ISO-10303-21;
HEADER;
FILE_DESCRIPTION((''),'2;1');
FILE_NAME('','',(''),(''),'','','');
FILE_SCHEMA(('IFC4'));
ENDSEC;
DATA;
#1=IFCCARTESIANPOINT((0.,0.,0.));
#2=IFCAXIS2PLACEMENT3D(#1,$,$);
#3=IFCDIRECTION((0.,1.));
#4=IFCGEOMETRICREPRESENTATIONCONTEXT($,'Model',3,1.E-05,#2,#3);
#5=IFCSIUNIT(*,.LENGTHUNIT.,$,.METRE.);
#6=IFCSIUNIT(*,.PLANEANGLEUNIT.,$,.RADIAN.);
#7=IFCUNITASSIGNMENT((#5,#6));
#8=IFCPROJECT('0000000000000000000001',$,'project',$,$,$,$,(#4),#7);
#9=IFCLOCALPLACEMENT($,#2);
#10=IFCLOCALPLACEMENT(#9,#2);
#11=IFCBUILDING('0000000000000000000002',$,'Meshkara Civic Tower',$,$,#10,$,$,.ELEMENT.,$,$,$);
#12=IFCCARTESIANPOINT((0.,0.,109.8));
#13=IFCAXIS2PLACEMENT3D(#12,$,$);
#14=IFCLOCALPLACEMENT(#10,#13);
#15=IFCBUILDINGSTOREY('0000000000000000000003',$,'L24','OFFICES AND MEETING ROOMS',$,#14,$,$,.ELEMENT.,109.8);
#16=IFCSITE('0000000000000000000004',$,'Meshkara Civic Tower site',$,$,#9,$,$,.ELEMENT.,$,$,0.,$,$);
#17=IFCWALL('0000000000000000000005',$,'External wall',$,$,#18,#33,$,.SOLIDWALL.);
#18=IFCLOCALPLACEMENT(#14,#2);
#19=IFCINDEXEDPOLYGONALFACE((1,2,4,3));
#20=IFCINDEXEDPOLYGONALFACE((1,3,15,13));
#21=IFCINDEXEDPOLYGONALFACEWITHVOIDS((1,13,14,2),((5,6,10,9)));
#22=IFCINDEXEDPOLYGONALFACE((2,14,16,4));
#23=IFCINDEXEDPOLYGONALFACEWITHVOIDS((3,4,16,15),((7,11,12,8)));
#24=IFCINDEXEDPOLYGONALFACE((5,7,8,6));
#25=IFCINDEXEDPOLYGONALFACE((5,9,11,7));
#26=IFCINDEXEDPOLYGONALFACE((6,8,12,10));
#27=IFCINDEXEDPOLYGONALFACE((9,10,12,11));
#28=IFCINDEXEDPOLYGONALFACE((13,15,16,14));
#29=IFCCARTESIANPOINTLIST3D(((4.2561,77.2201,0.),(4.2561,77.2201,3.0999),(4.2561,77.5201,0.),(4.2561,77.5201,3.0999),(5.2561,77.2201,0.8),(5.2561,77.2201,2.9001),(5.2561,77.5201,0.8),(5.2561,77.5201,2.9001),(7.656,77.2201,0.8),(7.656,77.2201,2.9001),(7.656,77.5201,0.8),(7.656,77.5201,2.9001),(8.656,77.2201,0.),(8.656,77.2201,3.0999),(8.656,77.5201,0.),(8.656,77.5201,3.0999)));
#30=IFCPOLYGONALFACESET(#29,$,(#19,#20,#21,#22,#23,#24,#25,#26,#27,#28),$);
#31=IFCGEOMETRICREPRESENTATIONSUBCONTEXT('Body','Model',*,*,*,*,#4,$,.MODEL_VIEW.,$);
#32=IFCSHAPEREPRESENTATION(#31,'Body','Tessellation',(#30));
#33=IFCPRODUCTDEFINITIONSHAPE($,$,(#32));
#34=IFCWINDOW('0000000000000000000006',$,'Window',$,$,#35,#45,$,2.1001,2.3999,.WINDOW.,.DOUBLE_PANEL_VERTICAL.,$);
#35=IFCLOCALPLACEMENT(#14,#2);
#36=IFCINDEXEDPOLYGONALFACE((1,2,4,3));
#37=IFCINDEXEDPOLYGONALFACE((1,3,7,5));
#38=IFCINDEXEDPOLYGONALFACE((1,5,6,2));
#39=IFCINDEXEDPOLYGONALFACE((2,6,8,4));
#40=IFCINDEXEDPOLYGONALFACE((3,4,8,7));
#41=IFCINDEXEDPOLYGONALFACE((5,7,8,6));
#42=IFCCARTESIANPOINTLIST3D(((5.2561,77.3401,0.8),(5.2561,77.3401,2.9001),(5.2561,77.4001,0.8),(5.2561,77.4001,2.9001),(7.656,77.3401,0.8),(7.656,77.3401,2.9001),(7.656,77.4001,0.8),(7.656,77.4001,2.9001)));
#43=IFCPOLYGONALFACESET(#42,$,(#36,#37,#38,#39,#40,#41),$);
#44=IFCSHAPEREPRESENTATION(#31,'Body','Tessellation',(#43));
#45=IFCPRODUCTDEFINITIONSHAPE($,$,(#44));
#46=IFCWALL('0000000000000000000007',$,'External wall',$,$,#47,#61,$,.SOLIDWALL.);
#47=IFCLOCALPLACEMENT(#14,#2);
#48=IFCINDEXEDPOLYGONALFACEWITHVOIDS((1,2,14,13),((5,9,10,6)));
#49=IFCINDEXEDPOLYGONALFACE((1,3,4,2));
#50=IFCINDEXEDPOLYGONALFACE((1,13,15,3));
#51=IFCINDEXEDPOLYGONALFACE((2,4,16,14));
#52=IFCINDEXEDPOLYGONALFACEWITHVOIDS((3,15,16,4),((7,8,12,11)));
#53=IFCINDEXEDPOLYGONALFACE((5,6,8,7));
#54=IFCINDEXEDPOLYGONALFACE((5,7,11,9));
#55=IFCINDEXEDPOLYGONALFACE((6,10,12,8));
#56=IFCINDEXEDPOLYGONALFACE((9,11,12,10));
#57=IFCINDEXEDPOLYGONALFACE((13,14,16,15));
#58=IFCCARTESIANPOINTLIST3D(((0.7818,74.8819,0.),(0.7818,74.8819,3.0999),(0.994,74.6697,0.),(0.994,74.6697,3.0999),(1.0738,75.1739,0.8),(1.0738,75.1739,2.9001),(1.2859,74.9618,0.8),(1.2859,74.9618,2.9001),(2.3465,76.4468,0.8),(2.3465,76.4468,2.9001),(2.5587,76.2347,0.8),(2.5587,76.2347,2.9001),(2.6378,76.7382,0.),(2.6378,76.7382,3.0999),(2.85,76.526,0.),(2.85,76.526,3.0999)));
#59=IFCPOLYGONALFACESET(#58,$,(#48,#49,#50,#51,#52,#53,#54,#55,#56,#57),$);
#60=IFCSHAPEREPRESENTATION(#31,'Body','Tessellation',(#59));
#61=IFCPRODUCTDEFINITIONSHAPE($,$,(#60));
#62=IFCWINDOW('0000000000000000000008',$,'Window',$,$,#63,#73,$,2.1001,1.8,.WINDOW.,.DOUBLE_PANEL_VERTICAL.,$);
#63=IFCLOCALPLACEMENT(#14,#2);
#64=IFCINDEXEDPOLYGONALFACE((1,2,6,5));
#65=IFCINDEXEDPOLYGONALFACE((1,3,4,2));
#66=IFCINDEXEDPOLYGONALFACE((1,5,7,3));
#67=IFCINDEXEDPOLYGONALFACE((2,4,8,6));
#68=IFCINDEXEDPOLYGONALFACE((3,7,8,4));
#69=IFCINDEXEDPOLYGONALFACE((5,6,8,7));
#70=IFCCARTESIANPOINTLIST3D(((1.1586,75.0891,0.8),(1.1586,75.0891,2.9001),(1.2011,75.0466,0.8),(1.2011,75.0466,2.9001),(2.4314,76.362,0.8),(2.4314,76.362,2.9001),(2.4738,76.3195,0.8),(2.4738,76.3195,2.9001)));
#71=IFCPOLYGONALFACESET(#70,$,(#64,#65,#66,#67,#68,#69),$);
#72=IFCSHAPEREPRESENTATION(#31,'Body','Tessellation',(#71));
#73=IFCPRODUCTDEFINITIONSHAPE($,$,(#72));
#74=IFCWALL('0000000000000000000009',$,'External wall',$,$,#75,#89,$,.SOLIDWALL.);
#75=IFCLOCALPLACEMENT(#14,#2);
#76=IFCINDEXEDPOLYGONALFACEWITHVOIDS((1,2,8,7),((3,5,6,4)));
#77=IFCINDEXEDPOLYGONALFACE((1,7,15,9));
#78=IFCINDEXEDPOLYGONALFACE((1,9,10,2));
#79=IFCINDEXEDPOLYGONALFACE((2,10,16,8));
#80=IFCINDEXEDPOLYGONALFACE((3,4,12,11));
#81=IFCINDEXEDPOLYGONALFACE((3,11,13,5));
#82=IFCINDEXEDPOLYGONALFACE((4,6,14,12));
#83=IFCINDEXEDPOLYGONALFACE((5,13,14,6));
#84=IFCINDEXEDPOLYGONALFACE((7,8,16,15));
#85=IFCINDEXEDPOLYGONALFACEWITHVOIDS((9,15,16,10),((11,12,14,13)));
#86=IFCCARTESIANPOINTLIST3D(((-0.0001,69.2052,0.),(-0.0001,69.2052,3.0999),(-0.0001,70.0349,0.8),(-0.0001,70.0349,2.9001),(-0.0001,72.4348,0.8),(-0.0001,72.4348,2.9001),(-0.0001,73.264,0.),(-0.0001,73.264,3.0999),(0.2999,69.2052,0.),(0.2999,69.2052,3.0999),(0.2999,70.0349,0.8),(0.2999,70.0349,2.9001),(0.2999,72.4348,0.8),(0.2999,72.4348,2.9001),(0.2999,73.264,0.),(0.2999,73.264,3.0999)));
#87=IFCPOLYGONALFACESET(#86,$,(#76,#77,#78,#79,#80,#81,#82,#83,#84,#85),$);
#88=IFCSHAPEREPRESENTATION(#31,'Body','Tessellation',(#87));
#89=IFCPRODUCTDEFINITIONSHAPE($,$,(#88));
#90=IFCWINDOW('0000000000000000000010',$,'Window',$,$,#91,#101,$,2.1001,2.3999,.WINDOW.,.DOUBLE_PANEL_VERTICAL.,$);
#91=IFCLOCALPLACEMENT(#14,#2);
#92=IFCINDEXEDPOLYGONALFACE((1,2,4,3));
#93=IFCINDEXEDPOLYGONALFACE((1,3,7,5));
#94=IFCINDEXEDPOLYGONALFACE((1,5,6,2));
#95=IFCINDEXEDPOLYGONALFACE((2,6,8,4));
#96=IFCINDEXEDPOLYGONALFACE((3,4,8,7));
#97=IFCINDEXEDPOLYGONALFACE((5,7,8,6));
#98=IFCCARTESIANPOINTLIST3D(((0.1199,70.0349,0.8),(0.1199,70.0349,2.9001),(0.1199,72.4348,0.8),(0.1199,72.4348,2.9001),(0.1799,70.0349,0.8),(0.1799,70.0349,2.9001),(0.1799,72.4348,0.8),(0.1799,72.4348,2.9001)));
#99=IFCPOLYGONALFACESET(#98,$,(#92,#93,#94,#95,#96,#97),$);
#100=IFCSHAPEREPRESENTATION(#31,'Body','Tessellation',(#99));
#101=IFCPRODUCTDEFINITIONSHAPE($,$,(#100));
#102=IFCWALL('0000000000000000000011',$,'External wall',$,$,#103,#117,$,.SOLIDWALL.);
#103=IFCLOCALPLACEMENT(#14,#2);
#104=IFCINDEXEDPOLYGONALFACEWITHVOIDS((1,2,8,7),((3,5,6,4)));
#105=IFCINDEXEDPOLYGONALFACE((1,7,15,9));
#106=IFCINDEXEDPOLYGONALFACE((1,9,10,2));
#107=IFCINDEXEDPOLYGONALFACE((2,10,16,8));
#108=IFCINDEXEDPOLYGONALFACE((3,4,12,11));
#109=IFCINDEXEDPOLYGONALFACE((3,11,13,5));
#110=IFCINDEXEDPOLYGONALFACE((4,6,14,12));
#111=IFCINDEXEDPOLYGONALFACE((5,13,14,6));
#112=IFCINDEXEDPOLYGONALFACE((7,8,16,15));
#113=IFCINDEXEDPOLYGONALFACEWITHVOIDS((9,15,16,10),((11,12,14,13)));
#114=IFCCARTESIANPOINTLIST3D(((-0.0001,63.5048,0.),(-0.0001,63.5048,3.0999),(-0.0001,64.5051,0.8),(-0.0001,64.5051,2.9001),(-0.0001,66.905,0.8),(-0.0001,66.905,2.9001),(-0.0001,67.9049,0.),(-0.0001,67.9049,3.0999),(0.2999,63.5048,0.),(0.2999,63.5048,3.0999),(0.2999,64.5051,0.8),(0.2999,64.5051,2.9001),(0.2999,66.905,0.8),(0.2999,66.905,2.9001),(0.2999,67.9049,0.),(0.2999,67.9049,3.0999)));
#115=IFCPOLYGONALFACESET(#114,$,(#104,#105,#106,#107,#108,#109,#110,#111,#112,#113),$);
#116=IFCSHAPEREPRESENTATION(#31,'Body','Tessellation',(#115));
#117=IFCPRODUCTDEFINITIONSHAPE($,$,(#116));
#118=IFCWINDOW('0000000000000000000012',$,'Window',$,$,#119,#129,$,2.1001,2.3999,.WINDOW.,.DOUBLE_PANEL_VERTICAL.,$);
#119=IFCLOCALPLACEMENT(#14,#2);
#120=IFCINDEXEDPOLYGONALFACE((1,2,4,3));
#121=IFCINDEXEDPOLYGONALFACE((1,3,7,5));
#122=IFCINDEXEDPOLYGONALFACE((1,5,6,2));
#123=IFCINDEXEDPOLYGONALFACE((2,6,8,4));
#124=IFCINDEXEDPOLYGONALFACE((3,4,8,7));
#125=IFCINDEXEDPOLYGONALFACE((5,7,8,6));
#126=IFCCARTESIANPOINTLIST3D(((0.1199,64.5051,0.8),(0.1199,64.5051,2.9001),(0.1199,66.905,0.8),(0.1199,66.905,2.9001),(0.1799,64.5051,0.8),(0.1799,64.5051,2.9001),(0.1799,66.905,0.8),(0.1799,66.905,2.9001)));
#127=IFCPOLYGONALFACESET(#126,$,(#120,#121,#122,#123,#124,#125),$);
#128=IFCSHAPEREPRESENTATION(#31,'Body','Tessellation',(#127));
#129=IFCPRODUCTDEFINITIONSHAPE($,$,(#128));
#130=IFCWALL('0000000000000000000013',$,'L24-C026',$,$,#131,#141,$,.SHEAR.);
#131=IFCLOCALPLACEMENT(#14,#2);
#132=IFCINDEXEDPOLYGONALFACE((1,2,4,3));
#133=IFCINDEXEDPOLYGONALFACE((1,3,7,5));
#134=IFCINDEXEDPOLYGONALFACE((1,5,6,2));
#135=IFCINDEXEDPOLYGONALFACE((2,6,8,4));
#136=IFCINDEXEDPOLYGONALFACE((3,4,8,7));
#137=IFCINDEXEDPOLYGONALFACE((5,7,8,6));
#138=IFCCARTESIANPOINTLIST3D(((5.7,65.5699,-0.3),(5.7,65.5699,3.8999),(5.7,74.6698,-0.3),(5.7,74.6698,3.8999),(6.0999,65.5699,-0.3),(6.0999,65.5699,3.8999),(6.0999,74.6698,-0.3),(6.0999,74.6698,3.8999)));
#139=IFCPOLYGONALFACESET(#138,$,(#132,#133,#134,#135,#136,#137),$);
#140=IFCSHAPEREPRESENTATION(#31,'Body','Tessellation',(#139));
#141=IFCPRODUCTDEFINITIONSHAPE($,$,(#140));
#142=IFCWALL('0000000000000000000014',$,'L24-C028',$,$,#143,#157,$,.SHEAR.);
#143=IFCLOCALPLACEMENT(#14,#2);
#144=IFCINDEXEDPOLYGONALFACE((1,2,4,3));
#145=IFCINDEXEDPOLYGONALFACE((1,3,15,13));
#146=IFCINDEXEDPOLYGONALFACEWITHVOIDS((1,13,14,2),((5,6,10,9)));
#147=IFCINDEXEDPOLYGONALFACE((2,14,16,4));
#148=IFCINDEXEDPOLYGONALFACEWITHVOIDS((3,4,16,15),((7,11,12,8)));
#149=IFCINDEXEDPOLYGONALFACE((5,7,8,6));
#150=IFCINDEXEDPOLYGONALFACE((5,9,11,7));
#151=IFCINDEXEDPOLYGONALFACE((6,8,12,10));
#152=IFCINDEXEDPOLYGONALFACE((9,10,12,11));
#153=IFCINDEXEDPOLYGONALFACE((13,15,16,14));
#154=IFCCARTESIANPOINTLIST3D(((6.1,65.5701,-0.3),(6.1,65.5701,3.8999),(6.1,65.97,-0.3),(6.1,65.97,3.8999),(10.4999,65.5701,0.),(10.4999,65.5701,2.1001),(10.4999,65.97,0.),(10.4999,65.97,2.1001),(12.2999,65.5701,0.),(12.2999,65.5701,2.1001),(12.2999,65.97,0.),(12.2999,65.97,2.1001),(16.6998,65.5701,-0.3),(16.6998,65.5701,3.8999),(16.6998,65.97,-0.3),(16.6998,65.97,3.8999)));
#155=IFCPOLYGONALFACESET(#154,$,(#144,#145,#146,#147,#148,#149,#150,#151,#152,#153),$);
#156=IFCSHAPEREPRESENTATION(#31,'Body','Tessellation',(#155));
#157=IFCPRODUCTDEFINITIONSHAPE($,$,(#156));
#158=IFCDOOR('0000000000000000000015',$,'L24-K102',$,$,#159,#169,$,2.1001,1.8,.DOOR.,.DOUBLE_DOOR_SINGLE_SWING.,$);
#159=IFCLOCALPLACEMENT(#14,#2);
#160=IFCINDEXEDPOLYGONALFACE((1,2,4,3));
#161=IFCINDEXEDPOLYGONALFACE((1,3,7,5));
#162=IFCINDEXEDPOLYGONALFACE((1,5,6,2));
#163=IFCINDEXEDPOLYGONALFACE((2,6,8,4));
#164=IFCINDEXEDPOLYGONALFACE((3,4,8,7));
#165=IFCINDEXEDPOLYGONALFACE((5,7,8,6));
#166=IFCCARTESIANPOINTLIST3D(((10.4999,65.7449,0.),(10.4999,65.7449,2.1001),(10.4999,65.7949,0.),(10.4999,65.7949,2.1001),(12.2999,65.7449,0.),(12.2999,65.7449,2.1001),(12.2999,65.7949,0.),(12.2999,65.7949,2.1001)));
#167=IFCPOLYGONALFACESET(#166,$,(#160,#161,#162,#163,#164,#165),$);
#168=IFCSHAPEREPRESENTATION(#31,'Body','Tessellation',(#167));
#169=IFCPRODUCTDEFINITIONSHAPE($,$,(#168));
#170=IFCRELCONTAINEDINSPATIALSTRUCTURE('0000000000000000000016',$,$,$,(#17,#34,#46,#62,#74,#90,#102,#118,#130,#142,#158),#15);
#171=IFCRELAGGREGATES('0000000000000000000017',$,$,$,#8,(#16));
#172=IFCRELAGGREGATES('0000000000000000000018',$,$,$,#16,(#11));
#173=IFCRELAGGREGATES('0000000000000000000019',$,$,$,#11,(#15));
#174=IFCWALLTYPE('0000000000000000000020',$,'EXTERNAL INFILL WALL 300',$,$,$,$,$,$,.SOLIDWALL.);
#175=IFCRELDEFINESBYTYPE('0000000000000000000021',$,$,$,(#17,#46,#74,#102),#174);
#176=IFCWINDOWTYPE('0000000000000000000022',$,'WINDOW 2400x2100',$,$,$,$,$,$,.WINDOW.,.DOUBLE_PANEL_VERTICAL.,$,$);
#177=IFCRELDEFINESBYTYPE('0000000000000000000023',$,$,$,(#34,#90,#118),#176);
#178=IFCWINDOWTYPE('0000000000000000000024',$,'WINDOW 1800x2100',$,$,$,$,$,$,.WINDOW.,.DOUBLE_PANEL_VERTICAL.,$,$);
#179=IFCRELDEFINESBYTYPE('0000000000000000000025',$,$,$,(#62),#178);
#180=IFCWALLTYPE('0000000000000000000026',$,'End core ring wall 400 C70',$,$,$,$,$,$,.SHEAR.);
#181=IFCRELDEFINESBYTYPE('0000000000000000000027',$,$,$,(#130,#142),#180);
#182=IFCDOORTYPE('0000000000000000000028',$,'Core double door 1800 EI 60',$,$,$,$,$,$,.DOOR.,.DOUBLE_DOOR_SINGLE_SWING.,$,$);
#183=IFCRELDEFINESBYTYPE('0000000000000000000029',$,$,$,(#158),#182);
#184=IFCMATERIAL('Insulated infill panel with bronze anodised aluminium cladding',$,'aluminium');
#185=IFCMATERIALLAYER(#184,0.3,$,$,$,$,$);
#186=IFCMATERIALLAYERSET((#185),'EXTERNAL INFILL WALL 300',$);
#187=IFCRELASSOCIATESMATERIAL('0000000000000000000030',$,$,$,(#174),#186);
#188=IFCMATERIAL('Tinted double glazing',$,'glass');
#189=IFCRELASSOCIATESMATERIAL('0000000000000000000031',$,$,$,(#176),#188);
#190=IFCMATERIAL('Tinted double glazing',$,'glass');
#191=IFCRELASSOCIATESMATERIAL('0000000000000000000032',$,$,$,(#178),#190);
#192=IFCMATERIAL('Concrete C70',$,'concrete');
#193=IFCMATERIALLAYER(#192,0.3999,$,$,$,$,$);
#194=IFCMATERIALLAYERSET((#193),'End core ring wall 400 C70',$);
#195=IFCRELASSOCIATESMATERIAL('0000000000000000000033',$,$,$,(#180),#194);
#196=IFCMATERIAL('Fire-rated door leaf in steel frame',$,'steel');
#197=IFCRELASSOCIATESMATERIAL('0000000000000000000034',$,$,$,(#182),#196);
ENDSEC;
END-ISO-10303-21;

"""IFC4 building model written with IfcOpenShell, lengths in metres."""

from ifc_helpers import new_model, si_unit, direction, frame, frame_2d, origin, place, context, subcontext, project, spatial, rectangle, extrude, material, layer, layer_set, type_object, element, fill, save


model = new_model("IFC4")

# Units and contexts
model_context = context("Model", 3, precision=1e-05, world=origin(), true_north=direction((0.0, 1.0)))
body_context = subcontext(model_context, "Body", "Model", "MODEL_VIEW")
ifc_project = project(units=[si_unit("LENGTHUNIT", "METRE"), si_unit("PLANEANGLEUNIT", "RADIAN")], contexts=[model_context])

# Site, building, storey
site_placement = place(None, origin())
site = spatial("IfcSite", under=ifc_project, at=site_placement, Name="Meshkara Civic Tower site", CompositionType="ELEMENT", RefElevation=0.0)
building_placement = place(site_placement, origin())
building = spatial("IfcBuilding", under=site, at=building_placement, Name="Meshkara Civic Tower", CompositionType="ELEMENT")
storey_placement = place(building_placement, frame((0.0, 0.0, 109.8)))
storey = spatial("IfcBuildingStorey", under=building, at=storey_placement, Name="L24", Description="OFFICES AND MEETING ROOMS", CompositionType="ELEMENT", Elevation=109.8)

# Walls, openings, windows
ifc_material_1 = material(Name="Insulated infill panel with bronze anodised aluminium cladding", Category="aluminium")
ifc_layer_1 = layer(ifc_material_1, 0.3)
ifc_layer_set_1 = layer_set([ifc_layer_1], Name="EXTERNAL INFILL WALL 300")
wall_type_1 = type_object("IfcWallType", Name="EXTERNAL INFILL WALL 300", PredefinedType="SOLIDWALL", material=ifc_layer_set_1)
wall_1_placement = place(storey_placement, frame((8.656, 77.3701, 0.0), z_axis=(0.0, 0.0, 1.0), x_axis=(-1.0, 0.0, 0.0)))
wall_1 = element("IfcWall", 1, at=wall_1_placement, inside=storey, type_object=wall_type_1, Name="External wall", PredefinedType="SOLIDWALL", context=body_context, shape_type="SweptSolid", body=[
    extrude(rectangle(XDim=4.3999, YDim=0.3, at=frame_2d((2.2, 0.0))), origin(), (0.0, 0.0, 1.0), 3.0999),
])
opening_1_placement = place(wall_1_placement, frame((1.0, 0.0, 0.8)))
opening_1 = element("IfcOpeningElement", 2, at=opening_1_placement, cuts=wall_1, PredefinedType="OPENING", context=body_context, shape_type="SweptSolid", body=[
    extrude(rectangle(XDim=2.3999, YDim=2.1001, at=frame_2d((1.2, 1.05))), frame((0.0, 0.1599, 0.0), z_axis=(0.0, -1.0, 0.0), x_axis=(1.0, 0.0, 0.0)), (0.0, 0.0, 1.0), 0.3201),
])
ifc_material_2 = material(Name="Tinted double glazing", Category="glass")
window_type_1 = type_object("IfcWindowType", Name="WINDOW 2400x2100", PartitioningType="DOUBLE_PANEL_VERTICAL", PredefinedType="WINDOW", material=ifc_material_2)
window_1_placement = place(opening_1_placement, origin())
window_1 = element("IfcWindow", 3, at=window_1_placement, inside=storey, type_object=window_type_1, Name="Window", OverallHeight=2.1001, OverallWidth=2.3999, PartitioningType="DOUBLE_PANEL_VERTICAL", PredefinedType="WINDOW", context=body_context, shape_type="SweptSolid", body=[
    extrude(rectangle(XDim=2.3999, YDim=2.1001, at=frame_2d((1.2, 1.05))), frame((0.0, 0.03, 0.0), z_axis=(0.0, -1.0, 0.0), x_axis=(1.0, 0.0, 0.0)), (0.0, 0.0, 1.0), 0.0601),
])
fill(opening_1, window_1)
wall_2_placement = place(storey_placement, frame((2.7439, 76.6321, 0.0), z_axis=(0.0, 0.0, 1.0), x_axis=(-0.70706, -0.707153, 0.0)))
wall_2 = element("IfcWall", 4, at=wall_2_placement, inside=storey, type_object=wall_type_1, Name="External wall", PredefinedType="SOLIDWALL", context=body_context, shape_type="SweptSolid", body=[
    extrude(rectangle(XDim=2.625, YDim=0.3, at=frame_2d((1.3125, 0.0))), origin(), (0.0, 0.0, 1.0), 3.0999),
])
opening_2_placement = place(wall_2_placement, frame((0.4121, 0.0, 0.8)))
opening_2 = element("IfcOpeningElement", 5, at=opening_2_placement, cuts=wall_2, PredefinedType="OPENING", context=body_context, shape_type="SweptSolid", body=[
    extrude(rectangle(XDim=1.8, YDim=2.1001, at=frame_2d((0.8999, 1.05))), frame((0.0, 0.1599, 0.0), z_axis=(0.0, -1.0, 0.0), x_axis=(1.0, 0.0, 0.0)), (0.0, 0.0, 1.0), 0.3201),
])
ifc_material_3 = material(Name="Tinted double glazing", Category="glass")
window_type_2 = type_object("IfcWindowType", Name="WINDOW 1800x2100", PartitioningType="DOUBLE_PANEL_VERTICAL", PredefinedType="WINDOW", material=ifc_material_3)
window_2_placement = place(opening_2_placement, origin())
window_2 = element("IfcWindow", 6, at=window_2_placement, inside=storey, type_object=window_type_2, Name="Window", OverallHeight=2.1001, OverallWidth=1.8, PartitioningType="DOUBLE_PANEL_VERTICAL", PredefinedType="WINDOW", context=body_context, shape_type="SweptSolid", body=[
    extrude(rectangle(XDim=1.8, YDim=2.1001, at=frame_2d((0.8999, 1.05))), frame((0.0, 0.03, 0.0), z_axis=(0.0, -1.0, 0.0), x_axis=(1.0, 0.0, 0.0)), (0.0, 0.0, 1.0), 0.0601),
])
fill(opening_2, window_2)
wall_3_placement = place(storey_placement, frame((0.1499, 73.2639, 0.0), z_axis=(0.0, 0.0, 1.0), x_axis=(0.0, -1.0, 0.0)))
wall_3 = element("IfcWall", 7, at=wall_3_placement, inside=storey, type_object=wall_type_1, Name="External wall", PredefinedType="SOLIDWALL", context=body_context, shape_type="SweptSolid", body=[
    extrude(rectangle(XDim=4.0588, YDim=0.3, at=frame_2d((2.0293, 0.0))), origin(), (0.0, 0.0, 1.0), 3.0999),
])
opening_3_placement = place(wall_3_placement, frame((0.8291, 0.0, 0.8)))
opening_3 = element("IfcOpeningElement", 8, at=opening_3_placement, cuts=wall_3, PredefinedType="OPENING", context=body_context, shape_type="SweptSolid", body=[
    extrude(rectangle(XDim=2.3999, YDim=2.1001, at=frame_2d((1.2, 1.05))), frame((0.0, 0.1599, 0.0), z_axis=(0.0, -1.0, 0.0), x_axis=(1.0, 0.0, 0.0)), (0.0, 0.0, 1.0), 0.3201),
])
window_3_placement = place(opening_3_placement, origin())
window_3 = element("IfcWindow", 9, at=window_3_placement, inside=storey, type_object=window_type_1, Name="Window", OverallHeight=2.1001, OverallWidth=2.3999, PartitioningType="DOUBLE_PANEL_VERTICAL", PredefinedType="WINDOW", context=body_context, shape_type="SweptSolid", body=[
    extrude(rectangle(XDim=2.3999, YDim=2.1001, at=frame_2d((1.2, 1.05))), frame((0.0, 0.03, 0.0), z_axis=(0.0, -1.0, 0.0), x_axis=(1.0, 0.0, 0.0)), (0.0, 0.0, 1.0), 0.0601),
])
fill(opening_3, window_3)
wall_4_placement = place(storey_placement, frame((0.1499, 67.905, 0.0), z_axis=(0.0, 0.0, 1.0), x_axis=(0.0, -1.0, 0.0)))
wall_4 = element("IfcWall", 10, at=wall_4_placement, inside=storey, type_object=wall_type_1, Name="External wall", PredefinedType="SOLIDWALL", context=body_context, shape_type="SweptSolid", body=[
    extrude(rectangle(XDim=4.4001, YDim=0.3, at=frame_2d((2.2002, 0.0))), origin(), (0.0, 0.0, 1.0), 3.0999),
])
opening_4_placement = place(wall_4_placement, frame((1.0, 0.0, 0.8)))
opening_4 = element("IfcOpeningElement", 11, at=opening_4_placement, cuts=wall_4, PredefinedType="OPENING", context=body_context, shape_type="SweptSolid", body=[
    extrude(rectangle(XDim=2.3999, YDim=2.1001, at=frame_2d((1.2, 1.05))), frame((0.0, 0.1599, 0.0), z_axis=(0.0, -1.0, 0.0), x_axis=(1.0, 0.0, 0.0)), (0.0, 0.0, 1.0), 0.3201),
])
window_4_placement = place(opening_4_placement, origin())
window_4 = element("IfcWindow", 12, at=window_4_placement, inside=storey, type_object=window_type_1, Name="Window", OverallHeight=2.1001, OverallWidth=2.3999, PartitioningType="DOUBLE_PANEL_VERTICAL", PredefinedType="WINDOW", context=body_context, shape_type="SweptSolid", body=[
    extrude(rectangle(XDim=2.3999, YDim=2.1001, at=frame_2d((1.2, 1.05))), frame((0.0, 0.03, 0.0), z_axis=(0.0, -1.0, 0.0), x_axis=(1.0, 0.0, 0.0)), (0.0, 0.0, 1.0), 0.0601),
])
fill(opening_4, window_4)

# Wall
ifc_material_4 = material(Name="Concrete C70", Category="concrete")
ifc_layer_2 = layer(ifc_material_4, 0.3999)
ifc_layer_set_2 = layer_set([ifc_layer_2], Name="End core ring wall 400 C70")
wall_type_2 = type_object("IfcWallType", Name="End core ring wall 400 C70", PredefinedType="SHEAR", material=ifc_layer_set_2)
wall_5_placement = place(storey_placement, frame((5.8999, 65.5701, -0.3), z_axis=(0.0, 0.0, 1.0), x_axis=(0.0, 1.0, 0.0)))
element("IfcWall", 13, at=wall_5_placement, inside=storey, type_object=wall_type_2, Name="L24-C026", PredefinedType="SHEAR", context=body_context, shape_type="SweptSolid", body=[
    extrude(rectangle(XDim=9.0999, YDim=0.3999, at=frame_2d((4.5498, 0.0))), origin(), (0.0, 0.0, 1.0), 4.2),
])

# Wall, opening, door
wall_6_placement = place(storey_placement, frame((6.1001, 65.77, -0.3), z_axis=(0.0, 0.0, 1.0), x_axis=(1.0, 0.0, 0.0)))
wall_6 = element("IfcWall", 14, at=wall_6_placement, inside=storey, type_object=wall_type_2, Name="L24-C028", PredefinedType="SHEAR", context=body_context, shape_type="SweptSolid", body=[
    extrude(rectangle(XDim=10.5999, YDim=0.3999, at=frame_2d((5.2998, 0.0))), origin(), (0.0, 0.0, 1.0), 4.2),
])
opening_5_placement = place(wall_6_placement, frame((4.3999, 0.0, 0.3)))
opening_5 = element("IfcOpeningElement", 15, at=opening_5_placement, cuts=wall_6, PredefinedType="OPENING", context=body_context, shape_type="SweptSolid", body=[
    extrude(rectangle(XDim=1.8, YDim=2.1001, at=frame_2d((0.8999, 1.05))), frame((0.0, 0.21, 0.0), z_axis=(0.0, -1.0, 0.0), x_axis=(1.0, 0.0, 0.0)), (0.0, 0.0, 1.0), 0.4199),
])
ifc_material_5 = material(Name="Fire-rated door leaf in steel frame", Category="steel")
door_type_1 = type_object("IfcDoorType", Name="Core double door 1800 EI 60", OperationType="DOUBLE_DOOR_SINGLE_SWING", PredefinedType="DOOR", material=ifc_material_5)
door_1_placement = place(opening_5_placement, origin())
door_1 = element("IfcDoor", 16, at=door_1_placement, inside=storey, type_object=door_type_1, Name="L24-K102", OperationType="DOUBLE_DOOR_SINGLE_SWING", OverallHeight=2.1001, OverallWidth=1.8, PredefinedType="DOOR", context=body_context, shape_type="SweptSolid", body=[
    extrude(rectangle(XDim=1.8, YDim=2.1001, at=frame_2d((0.8999, 1.05))), frame((0.0, 0.0249, 0.0), z_axis=(0.0, -1.0, 0.0), x_axis=(1.0, 0.0, 0.0)), (0.0, 0.0, 1.0), 0.05),
])
fill(opening_5, door_1)

save(model, "model.ifc")
